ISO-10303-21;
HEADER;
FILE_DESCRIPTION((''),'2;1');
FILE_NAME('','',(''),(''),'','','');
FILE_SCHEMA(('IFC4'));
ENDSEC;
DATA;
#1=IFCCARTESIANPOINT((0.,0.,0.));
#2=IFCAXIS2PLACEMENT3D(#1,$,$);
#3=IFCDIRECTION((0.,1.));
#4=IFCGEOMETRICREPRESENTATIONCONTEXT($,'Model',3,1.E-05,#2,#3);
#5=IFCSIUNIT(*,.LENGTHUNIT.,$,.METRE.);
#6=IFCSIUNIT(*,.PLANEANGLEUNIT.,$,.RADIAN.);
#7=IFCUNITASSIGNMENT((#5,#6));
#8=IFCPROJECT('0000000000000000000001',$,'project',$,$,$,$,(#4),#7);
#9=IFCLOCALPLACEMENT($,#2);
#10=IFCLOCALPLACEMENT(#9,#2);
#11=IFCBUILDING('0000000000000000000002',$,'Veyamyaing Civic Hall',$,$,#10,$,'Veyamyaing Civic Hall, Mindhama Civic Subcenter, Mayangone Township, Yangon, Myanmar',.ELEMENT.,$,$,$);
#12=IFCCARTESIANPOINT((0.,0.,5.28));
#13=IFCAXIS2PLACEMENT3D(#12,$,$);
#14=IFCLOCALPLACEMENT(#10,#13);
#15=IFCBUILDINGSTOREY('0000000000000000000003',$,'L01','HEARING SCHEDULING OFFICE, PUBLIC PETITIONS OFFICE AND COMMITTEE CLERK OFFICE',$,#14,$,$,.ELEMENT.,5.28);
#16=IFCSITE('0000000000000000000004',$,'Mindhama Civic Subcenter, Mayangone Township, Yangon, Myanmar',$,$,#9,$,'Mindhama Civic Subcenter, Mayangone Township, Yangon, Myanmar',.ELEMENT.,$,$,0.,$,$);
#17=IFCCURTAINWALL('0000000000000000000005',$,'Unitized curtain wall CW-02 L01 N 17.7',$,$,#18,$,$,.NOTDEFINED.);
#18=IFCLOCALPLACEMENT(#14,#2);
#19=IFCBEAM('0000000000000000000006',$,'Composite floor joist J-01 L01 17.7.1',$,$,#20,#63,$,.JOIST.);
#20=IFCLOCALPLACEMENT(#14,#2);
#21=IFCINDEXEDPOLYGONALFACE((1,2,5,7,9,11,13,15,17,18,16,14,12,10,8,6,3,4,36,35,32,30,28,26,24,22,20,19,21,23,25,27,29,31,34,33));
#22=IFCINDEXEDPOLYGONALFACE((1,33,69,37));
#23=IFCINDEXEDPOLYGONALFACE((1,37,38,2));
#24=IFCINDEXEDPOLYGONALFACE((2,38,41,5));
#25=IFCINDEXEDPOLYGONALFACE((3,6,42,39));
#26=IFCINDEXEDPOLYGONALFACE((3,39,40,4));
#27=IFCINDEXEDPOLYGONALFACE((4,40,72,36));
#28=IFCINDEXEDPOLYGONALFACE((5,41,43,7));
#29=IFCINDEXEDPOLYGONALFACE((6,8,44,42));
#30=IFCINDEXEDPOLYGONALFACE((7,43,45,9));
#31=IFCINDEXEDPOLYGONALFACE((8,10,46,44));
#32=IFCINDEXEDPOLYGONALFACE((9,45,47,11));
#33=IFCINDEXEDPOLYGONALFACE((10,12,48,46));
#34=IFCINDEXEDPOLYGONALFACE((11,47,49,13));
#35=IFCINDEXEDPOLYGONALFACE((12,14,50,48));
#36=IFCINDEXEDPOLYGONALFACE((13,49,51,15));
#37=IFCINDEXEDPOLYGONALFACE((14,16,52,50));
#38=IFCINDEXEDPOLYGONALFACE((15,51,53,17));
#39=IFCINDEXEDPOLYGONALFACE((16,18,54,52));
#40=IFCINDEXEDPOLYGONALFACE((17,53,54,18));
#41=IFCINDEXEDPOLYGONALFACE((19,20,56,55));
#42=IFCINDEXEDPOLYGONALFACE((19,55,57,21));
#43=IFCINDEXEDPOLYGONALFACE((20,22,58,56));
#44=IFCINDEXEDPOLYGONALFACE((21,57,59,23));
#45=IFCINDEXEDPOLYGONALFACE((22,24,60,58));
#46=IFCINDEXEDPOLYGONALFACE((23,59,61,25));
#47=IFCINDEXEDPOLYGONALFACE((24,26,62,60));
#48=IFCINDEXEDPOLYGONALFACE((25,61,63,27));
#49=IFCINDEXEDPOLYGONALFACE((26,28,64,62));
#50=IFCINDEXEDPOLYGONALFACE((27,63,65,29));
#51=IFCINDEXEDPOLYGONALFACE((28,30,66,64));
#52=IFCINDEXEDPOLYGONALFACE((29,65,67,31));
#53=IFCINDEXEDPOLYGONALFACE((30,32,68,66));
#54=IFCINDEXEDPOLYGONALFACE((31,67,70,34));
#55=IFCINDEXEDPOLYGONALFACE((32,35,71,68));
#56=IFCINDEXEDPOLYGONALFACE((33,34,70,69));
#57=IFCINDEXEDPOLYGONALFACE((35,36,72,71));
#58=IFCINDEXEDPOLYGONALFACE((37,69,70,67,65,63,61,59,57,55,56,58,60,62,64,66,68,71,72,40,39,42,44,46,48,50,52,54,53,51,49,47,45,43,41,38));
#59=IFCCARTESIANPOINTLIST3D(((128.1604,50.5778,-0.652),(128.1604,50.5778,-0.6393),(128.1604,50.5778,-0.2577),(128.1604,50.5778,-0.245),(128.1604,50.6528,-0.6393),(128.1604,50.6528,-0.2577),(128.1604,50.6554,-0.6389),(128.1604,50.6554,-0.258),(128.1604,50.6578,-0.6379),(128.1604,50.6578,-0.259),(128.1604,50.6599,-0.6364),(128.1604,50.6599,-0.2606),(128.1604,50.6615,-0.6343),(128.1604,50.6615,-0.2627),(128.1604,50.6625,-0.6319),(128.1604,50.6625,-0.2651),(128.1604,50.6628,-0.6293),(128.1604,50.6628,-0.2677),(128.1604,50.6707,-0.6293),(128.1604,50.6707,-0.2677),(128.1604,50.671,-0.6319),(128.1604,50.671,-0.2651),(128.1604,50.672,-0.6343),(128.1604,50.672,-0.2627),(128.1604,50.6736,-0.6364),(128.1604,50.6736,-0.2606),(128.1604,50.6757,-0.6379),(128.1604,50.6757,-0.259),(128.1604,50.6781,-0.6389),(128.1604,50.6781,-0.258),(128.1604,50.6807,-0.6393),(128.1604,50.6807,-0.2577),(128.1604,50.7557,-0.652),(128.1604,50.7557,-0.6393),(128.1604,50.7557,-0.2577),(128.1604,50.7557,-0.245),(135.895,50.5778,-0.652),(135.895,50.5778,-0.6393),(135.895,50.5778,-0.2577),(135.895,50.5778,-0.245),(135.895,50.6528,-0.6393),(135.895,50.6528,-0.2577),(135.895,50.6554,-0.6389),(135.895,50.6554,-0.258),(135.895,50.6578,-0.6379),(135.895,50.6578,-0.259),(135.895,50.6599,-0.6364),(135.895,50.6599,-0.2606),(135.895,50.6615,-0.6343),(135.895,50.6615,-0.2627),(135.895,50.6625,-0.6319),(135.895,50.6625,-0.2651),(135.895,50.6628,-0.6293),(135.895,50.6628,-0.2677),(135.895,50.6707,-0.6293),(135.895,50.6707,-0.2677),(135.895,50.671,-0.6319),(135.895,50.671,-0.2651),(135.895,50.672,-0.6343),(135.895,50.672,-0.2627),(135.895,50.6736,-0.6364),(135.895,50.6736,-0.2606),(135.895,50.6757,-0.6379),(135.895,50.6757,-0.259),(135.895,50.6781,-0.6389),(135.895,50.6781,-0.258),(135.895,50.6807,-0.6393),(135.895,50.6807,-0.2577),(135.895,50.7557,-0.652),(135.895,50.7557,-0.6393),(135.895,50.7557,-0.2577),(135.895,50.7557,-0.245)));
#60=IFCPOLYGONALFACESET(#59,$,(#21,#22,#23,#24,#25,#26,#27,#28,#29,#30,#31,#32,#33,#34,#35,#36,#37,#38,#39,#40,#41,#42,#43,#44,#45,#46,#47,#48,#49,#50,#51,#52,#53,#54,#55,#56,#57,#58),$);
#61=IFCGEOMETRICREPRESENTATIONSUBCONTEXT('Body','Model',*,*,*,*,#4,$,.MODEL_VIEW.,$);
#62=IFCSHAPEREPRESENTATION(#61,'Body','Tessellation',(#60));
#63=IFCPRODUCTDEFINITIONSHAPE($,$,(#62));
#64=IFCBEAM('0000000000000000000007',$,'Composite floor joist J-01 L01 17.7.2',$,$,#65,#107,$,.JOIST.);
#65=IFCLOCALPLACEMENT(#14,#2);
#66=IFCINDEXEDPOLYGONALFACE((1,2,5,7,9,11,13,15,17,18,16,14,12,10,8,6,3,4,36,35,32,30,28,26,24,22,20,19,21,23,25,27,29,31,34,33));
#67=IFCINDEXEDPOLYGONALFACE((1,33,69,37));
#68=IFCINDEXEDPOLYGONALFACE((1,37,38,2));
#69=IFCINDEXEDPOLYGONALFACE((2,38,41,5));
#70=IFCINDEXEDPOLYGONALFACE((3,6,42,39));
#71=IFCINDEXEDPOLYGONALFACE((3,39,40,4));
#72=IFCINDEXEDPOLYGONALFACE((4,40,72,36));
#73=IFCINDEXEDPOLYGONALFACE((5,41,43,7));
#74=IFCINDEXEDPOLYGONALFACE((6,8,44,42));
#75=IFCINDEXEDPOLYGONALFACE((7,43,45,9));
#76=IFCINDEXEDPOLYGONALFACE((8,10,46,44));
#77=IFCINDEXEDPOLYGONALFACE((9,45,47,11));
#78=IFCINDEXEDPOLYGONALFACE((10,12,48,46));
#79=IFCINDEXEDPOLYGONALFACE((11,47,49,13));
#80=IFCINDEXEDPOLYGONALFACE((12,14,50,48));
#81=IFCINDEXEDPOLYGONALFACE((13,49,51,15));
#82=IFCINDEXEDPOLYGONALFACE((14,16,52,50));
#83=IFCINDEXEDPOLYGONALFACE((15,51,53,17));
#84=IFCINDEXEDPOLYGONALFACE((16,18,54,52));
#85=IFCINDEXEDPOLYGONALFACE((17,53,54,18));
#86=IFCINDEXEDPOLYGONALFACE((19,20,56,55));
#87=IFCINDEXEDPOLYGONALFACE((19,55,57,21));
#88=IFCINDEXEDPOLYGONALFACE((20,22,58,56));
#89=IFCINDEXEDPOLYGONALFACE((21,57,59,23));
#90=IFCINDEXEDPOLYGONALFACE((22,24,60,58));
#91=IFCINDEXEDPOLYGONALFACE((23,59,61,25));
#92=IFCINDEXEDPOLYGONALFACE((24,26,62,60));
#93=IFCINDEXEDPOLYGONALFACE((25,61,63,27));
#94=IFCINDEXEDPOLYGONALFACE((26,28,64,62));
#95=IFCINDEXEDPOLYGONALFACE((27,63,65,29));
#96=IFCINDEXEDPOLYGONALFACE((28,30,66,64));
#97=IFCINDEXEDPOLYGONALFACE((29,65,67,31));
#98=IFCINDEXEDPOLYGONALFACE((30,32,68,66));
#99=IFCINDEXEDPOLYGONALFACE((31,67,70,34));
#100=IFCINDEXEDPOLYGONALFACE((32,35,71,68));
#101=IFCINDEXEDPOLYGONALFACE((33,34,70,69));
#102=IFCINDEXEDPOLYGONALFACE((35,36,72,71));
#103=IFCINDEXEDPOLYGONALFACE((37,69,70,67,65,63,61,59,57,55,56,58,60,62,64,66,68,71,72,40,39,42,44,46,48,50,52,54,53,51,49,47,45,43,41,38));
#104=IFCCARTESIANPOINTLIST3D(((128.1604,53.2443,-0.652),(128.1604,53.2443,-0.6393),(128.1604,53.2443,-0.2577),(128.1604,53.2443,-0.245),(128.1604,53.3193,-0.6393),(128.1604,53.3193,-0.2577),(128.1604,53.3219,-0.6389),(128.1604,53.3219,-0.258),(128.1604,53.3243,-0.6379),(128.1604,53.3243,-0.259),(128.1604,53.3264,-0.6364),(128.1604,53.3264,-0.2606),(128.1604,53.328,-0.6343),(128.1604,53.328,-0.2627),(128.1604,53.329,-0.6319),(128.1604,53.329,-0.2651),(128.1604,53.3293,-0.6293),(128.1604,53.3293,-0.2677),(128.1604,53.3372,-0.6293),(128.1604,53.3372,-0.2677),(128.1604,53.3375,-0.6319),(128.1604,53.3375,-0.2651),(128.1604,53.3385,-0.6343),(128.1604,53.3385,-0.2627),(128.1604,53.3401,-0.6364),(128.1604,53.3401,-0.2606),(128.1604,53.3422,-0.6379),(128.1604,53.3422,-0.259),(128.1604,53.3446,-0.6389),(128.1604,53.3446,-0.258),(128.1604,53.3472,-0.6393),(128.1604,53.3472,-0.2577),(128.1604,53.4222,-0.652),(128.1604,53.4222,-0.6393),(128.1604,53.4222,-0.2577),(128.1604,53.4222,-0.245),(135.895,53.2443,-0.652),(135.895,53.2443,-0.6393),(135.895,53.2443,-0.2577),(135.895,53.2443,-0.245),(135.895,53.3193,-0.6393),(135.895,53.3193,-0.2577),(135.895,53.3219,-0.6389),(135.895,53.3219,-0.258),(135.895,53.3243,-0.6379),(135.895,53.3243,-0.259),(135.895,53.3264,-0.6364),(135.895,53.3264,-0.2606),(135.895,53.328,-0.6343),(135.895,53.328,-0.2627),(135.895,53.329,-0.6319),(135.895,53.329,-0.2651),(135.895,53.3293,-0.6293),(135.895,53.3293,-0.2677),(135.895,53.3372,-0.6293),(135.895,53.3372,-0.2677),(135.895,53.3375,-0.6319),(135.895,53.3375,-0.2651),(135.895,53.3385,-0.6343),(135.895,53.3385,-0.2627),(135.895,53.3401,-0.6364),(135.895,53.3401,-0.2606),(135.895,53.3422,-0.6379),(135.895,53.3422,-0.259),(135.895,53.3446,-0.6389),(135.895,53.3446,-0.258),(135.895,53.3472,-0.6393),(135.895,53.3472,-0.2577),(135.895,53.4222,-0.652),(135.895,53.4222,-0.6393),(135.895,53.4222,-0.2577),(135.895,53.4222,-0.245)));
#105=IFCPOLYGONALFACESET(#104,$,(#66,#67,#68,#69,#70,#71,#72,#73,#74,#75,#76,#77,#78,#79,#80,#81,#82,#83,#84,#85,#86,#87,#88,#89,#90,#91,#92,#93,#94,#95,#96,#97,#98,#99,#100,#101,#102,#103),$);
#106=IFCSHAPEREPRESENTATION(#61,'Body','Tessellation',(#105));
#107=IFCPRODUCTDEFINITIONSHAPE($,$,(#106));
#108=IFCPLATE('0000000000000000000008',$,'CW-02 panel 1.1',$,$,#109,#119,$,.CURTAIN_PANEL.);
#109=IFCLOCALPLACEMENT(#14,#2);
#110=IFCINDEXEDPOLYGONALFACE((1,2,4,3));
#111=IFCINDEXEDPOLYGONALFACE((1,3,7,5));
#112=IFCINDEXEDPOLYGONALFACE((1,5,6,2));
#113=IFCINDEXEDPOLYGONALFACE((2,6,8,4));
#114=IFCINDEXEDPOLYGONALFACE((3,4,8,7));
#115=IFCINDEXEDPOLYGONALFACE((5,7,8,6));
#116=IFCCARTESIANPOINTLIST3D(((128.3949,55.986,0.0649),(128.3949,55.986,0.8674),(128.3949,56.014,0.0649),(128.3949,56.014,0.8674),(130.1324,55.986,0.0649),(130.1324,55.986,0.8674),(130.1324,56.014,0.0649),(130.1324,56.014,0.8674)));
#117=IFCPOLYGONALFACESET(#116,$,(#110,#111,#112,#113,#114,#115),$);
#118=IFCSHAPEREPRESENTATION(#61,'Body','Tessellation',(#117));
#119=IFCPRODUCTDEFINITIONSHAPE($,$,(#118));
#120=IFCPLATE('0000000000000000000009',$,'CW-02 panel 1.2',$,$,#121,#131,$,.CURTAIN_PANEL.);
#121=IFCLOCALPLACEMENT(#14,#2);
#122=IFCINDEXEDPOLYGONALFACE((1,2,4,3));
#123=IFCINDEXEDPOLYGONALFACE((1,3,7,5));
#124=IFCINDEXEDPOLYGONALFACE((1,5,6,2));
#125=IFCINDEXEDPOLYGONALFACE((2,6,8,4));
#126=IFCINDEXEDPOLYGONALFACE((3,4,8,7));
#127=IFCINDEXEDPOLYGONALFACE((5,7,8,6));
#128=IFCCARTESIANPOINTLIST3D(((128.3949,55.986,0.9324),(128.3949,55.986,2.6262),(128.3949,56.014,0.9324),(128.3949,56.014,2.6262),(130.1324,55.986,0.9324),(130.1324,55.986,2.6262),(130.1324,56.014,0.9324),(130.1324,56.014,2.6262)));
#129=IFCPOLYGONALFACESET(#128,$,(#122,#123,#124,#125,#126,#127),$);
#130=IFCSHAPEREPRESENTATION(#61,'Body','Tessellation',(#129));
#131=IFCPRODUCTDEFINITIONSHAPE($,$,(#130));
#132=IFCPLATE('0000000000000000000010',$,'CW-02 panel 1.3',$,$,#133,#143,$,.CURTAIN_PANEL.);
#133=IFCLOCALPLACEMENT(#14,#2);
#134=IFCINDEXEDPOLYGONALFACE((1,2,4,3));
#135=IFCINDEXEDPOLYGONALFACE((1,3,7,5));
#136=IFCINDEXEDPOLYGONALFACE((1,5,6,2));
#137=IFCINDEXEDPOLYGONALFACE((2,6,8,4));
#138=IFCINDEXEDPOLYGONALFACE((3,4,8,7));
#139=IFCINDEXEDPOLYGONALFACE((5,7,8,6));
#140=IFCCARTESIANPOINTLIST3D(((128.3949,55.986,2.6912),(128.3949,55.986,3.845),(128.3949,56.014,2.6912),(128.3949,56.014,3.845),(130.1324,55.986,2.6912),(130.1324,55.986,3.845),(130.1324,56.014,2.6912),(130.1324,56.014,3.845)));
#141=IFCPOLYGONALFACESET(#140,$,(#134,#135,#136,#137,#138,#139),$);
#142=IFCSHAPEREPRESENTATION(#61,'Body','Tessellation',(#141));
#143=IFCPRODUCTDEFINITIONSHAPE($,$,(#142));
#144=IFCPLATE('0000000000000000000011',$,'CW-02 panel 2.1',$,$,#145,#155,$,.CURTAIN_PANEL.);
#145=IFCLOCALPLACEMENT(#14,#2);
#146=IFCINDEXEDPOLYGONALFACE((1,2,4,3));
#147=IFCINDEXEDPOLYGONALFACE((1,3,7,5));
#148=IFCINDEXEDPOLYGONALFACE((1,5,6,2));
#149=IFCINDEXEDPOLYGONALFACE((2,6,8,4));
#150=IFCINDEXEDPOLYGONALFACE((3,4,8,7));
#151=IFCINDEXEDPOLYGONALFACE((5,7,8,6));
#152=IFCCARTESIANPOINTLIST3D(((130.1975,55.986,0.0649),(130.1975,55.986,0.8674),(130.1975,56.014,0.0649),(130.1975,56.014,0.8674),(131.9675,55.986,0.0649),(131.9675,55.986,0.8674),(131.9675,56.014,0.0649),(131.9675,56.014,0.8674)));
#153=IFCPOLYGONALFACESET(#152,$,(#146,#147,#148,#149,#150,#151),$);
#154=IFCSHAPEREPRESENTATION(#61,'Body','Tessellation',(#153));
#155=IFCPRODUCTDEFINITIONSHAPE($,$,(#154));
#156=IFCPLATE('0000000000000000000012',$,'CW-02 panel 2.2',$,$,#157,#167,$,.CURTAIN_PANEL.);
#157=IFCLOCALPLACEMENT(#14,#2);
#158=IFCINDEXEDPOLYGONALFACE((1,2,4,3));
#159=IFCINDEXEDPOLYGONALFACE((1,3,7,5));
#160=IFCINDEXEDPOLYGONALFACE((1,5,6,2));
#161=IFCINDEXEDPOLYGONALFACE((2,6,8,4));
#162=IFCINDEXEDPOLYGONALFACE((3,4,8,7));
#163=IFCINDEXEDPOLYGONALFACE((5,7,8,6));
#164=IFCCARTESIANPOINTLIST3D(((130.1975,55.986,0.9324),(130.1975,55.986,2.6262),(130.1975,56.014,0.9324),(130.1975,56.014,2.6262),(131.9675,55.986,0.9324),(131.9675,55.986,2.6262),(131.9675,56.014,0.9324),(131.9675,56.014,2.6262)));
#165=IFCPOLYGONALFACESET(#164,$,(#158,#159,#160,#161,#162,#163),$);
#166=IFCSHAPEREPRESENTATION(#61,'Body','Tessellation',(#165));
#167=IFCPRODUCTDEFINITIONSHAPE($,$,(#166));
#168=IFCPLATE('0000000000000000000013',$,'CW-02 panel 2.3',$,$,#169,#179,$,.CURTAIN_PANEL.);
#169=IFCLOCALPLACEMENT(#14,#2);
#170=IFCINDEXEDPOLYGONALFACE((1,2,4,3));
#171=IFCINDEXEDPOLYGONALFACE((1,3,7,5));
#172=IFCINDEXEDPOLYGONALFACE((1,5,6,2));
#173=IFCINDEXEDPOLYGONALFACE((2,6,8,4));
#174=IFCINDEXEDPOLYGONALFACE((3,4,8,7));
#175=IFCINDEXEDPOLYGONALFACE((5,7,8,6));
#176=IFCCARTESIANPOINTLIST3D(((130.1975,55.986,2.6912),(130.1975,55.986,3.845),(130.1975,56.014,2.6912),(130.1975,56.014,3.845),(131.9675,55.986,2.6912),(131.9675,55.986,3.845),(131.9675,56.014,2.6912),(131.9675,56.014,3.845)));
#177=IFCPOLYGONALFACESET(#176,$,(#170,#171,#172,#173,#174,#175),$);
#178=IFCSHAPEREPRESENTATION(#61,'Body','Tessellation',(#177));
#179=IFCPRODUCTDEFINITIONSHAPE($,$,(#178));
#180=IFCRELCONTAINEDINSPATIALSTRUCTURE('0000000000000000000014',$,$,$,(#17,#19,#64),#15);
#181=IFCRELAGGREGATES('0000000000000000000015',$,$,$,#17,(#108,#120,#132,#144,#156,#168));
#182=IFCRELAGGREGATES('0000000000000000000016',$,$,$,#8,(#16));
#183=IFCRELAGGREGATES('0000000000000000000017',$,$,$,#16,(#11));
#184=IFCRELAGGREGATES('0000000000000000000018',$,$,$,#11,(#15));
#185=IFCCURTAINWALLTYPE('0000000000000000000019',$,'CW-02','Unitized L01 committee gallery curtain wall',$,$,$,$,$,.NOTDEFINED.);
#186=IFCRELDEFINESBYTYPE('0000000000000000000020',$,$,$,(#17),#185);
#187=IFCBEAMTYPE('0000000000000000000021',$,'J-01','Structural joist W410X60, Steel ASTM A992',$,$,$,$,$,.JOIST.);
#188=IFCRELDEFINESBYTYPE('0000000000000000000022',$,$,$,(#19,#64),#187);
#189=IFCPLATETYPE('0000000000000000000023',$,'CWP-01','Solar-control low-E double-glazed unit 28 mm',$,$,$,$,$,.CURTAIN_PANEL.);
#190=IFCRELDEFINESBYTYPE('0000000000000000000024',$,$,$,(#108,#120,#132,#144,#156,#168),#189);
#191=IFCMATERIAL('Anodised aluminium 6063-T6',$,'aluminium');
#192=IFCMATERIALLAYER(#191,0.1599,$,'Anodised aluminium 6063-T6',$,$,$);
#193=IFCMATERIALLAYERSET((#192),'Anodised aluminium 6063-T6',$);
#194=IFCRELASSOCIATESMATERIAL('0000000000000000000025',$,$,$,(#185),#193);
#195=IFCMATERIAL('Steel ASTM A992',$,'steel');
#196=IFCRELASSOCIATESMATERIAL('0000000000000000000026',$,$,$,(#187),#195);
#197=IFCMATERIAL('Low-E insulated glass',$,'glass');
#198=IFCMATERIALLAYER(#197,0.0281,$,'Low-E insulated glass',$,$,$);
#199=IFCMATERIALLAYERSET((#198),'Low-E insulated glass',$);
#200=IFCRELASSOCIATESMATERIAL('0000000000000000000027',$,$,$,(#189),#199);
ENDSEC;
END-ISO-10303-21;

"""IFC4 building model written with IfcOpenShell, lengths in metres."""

from ifc_helpers import new_model, si_unit, direction, frame, origin, origin_2d, place, context, subcontext, project, spatial, rectangle, i_section, extrude, material, layer, layer_set, material_profile, profile_set, type_object, element, aggregate, save


model = new_model("IFC4")

# Units and contexts
model_context = context("Model", 3, precision=1e-05, world=origin(), true_north=direction((0.0, 1.0)))
body_context = subcontext(model_context, "Body", "Model", "MODEL_VIEW")
ifc_project = project(units=[si_unit("LENGTHUNIT", "METRE"), si_unit("PLANEANGLEUNIT", "RADIAN")], contexts=[model_context])

# Site, building, storey
site_placement = place(None, origin())
site = spatial("IfcSite", under=ifc_project, at=site_placement, Name="Mindhama Civic Subcenter, Mayangone Township, Yangon, Myanmar", LongName="Mindhama Civic Subcenter, Mayangone Township, Yangon, Myanmar", CompositionType="ELEMENT", RefElevation=0.0)
building_placement = place(site_placement, origin())
building = spatial("IfcBuilding", under=site, at=building_placement, Name="Veyamyaing Civic Hall", LongName="Veyamyaing Civic Hall, Mindhama Civic Subcenter, Mayangone Township, Yangon, Myanmar", CompositionType="ELEMENT")
storey_placement = place(building_placement, frame((0.0, 0.0, 5.28)))
storey = spatial("IfcBuildingStorey", under=building, at=storey_placement, Name="L01", Description="HEARING SCHEDULING OFFICE, PUBLIC PETITIONS OFFICE AND COMMITTEE CLERK OFFICE", CompositionType="ELEMENT", Elevation=5.28)

# Shared definitions
ifc_material_1 = material(Name="Steel ASTM A992", Category="steel")

# Curtain wall
ifc_material_2 = material(Name="Anodised aluminium 6063-T6", Category="aluminium")
ifc_layer_1 = layer(ifc_material_2, 0.1599, Name="Anodised aluminium 6063-T6")
ifc_layer_set_1 = layer_set([ifc_layer_1], Name="Anodised aluminium 6063-T6")
curtain_wall_type = type_object("IfcCurtainWallType", Name="CW-02", Description="Unitized L01 committee gallery curtain wall", PredefinedType="NOTDEFINED", material=ifc_layer_set_1)
curtain_wall_placement = place(storey_placement, origin())
curtain_wall = element("IfcCurtainWall", 1, at=curtain_wall_placement, inside=storey, type_object=curtain_wall_type, Name="Unitized curtain wall CW-02 L01 N 17.7", PredefinedType="NOTDEFINED")

# Beams
ifc_material_profile_1 = material_profile(ifc_material_1, i_section(OverallWidth=0.178, OverallDepth=0.407, WebThickness=0.0078, FlangeThickness=0.0127, FilletRadius=0.01, at=origin_2d()), Name="W410X60")
ifc_profile_set_1 = profile_set([ifc_material_profile_1], Name="Steel ASTM A992")
beam_type_1 = type_object("IfcBeamType", Name="J-01", Description="Structural joist W410X60, Steel ASTM A992", PredefinedType="JOIST", material=ifc_profile_set_1)
for number, where, z_axis, x_axis, name in (
    (2, (128.1604, 50.6667, -0.4485), (1.0, 0.0, 0.0), (0.0, 1.0, 0.0), "Composite floor joist J-01 L01 17.7.1"),
    (3, (128.1604, 53.3333, -0.4485), (1.0, 0.0, 0.0), (0.0, 1.0, 0.0), "Composite floor joist J-01 L01 17.7.2"),
):
    element("IfcBeam", number, at=place(storey_placement, frame(where, z_axis=z_axis, x_axis=x_axis)), inside=storey, type_object=beam_type_1, Name=name, PredefinedType="JOIST", context=body_context, shape_type="SweptSolid", body=[
        extrude(i_section(OverallWidth=0.178, OverallDepth=0.407, WebThickness=0.0078, FlangeThickness=0.0127, FilletRadius=0.01, at=origin_2d()), origin(), (0.0, 0.0, 1.0), 7.7346),
    ])

# Plates
ifc_material_3 = material(Name="Low-E insulated glass", Category="glass")
ifc_layer_2 = layer(ifc_material_3, 0.0281, Name="Low-E insulated glass")
ifc_layer_set_2 = layer_set([ifc_layer_2], Name="Low-E insulated glass")
plate_type = type_object("IfcPlateType", Name="CWP-01", Description="Solar-control low-E double-glazed unit 28 mm", PredefinedType="CURTAIN_PANEL", material=ifc_layer_set_2)
plate_1_placement = place(storey_placement, frame((129.2637, 56.0, 0.0649), z_axis=(0.0, 0.0, 1.0), x_axis=(1.0, 0.0, 0.0)))
plate_1 = element("IfcPlate", 4, at=plate_1_placement, type_object=plate_type, Name="CW-02 panel 1.1", PredefinedType="CURTAIN_PANEL", context=body_context, shape_type="SweptSolid", body=[
    extrude(rectangle(XDim=1.7375, YDim=0.0281, at=origin_2d()), origin(), (0.0, 0.0, 1.0), 0.8025),
])
plate_2_placement = place(storey_placement, frame((129.2637, 56.0, 0.9324), z_axis=(0.0, 0.0, 1.0), x_axis=(1.0, 0.0, 0.0)))
plate_2 = element("IfcPlate", 5, at=plate_2_placement, type_object=plate_type, Name="CW-02 panel 1.2", PredefinedType="CURTAIN_PANEL", context=body_context, shape_type="SweptSolid", body=[
    extrude(rectangle(XDim=1.7375, YDim=0.0281, at=origin_2d()), origin(), (0.0, 0.0, 1.0), 1.6938),
])
plate_3_placement = place(storey_placement, frame((129.2637, 56.0, 2.6912), z_axis=(0.0, 0.0, 1.0), x_axis=(1.0, 0.0, 0.0)))
plate_3 = element("IfcPlate", 6, at=plate_3_placement, type_object=plate_type, Name="CW-02 panel 1.3", PredefinedType="CURTAIN_PANEL", context=body_context, shape_type="SweptSolid", body=[
    extrude(rectangle(XDim=1.7375, YDim=0.0281, at=origin_2d()), origin(), (0.0, 0.0, 1.0), 1.1538),
])
plate_4_placement = place(storey_placement, frame((131.0825, 56.0, 0.0649), z_axis=(0.0, 0.0, 1.0), x_axis=(1.0, 0.0, 0.0)))
plate_4 = element("IfcPlate", 7, at=plate_4_placement, type_object=plate_type, Name="CW-02 panel 2.1", PredefinedType="CURTAIN_PANEL", context=body_context, shape_type="SweptSolid", body=[
    extrude(rectangle(XDim=1.77, YDim=0.0281, at=origin_2d()), origin(), (0.0, 0.0, 1.0), 0.8025),
])
plate_5_placement = place(storey_placement, frame((131.0825, 56.0, 0.9324), z_axis=(0.0, 0.0, 1.0), x_axis=(1.0, 0.0, 0.0)))
plate_5 = element("IfcPlate", 8, at=plate_5_placement, type_object=plate_type, Name="CW-02 panel 2.2", PredefinedType="CURTAIN_PANEL", context=body_context, shape_type="SweptSolid", body=[
    extrude(rectangle(XDim=1.77, YDim=0.0281, at=origin_2d()), origin(), (0.0, 0.0, 1.0), 1.6938),
])
plate_6_placement = place(storey_placement, frame((131.0825, 56.0, 2.6912), z_axis=(0.0, 0.0, 1.0), x_axis=(1.0, 0.0, 0.0)))
plate_6 = element("IfcPlate", 9, at=plate_6_placement, type_object=plate_type, Name="CW-02 panel 2.3", PredefinedType="CURTAIN_PANEL", context=body_context, shape_type="SweptSolid", body=[
    extrude(rectangle(XDim=1.77, YDim=0.0281, at=origin_2d()), origin(), (0.0, 0.0, 1.0), 1.1538),
])
aggregate(curtain_wall, [plate_1, plate_2, plate_3, plate_4, plate_5, plate_6])

save(model, "model.ifc")
